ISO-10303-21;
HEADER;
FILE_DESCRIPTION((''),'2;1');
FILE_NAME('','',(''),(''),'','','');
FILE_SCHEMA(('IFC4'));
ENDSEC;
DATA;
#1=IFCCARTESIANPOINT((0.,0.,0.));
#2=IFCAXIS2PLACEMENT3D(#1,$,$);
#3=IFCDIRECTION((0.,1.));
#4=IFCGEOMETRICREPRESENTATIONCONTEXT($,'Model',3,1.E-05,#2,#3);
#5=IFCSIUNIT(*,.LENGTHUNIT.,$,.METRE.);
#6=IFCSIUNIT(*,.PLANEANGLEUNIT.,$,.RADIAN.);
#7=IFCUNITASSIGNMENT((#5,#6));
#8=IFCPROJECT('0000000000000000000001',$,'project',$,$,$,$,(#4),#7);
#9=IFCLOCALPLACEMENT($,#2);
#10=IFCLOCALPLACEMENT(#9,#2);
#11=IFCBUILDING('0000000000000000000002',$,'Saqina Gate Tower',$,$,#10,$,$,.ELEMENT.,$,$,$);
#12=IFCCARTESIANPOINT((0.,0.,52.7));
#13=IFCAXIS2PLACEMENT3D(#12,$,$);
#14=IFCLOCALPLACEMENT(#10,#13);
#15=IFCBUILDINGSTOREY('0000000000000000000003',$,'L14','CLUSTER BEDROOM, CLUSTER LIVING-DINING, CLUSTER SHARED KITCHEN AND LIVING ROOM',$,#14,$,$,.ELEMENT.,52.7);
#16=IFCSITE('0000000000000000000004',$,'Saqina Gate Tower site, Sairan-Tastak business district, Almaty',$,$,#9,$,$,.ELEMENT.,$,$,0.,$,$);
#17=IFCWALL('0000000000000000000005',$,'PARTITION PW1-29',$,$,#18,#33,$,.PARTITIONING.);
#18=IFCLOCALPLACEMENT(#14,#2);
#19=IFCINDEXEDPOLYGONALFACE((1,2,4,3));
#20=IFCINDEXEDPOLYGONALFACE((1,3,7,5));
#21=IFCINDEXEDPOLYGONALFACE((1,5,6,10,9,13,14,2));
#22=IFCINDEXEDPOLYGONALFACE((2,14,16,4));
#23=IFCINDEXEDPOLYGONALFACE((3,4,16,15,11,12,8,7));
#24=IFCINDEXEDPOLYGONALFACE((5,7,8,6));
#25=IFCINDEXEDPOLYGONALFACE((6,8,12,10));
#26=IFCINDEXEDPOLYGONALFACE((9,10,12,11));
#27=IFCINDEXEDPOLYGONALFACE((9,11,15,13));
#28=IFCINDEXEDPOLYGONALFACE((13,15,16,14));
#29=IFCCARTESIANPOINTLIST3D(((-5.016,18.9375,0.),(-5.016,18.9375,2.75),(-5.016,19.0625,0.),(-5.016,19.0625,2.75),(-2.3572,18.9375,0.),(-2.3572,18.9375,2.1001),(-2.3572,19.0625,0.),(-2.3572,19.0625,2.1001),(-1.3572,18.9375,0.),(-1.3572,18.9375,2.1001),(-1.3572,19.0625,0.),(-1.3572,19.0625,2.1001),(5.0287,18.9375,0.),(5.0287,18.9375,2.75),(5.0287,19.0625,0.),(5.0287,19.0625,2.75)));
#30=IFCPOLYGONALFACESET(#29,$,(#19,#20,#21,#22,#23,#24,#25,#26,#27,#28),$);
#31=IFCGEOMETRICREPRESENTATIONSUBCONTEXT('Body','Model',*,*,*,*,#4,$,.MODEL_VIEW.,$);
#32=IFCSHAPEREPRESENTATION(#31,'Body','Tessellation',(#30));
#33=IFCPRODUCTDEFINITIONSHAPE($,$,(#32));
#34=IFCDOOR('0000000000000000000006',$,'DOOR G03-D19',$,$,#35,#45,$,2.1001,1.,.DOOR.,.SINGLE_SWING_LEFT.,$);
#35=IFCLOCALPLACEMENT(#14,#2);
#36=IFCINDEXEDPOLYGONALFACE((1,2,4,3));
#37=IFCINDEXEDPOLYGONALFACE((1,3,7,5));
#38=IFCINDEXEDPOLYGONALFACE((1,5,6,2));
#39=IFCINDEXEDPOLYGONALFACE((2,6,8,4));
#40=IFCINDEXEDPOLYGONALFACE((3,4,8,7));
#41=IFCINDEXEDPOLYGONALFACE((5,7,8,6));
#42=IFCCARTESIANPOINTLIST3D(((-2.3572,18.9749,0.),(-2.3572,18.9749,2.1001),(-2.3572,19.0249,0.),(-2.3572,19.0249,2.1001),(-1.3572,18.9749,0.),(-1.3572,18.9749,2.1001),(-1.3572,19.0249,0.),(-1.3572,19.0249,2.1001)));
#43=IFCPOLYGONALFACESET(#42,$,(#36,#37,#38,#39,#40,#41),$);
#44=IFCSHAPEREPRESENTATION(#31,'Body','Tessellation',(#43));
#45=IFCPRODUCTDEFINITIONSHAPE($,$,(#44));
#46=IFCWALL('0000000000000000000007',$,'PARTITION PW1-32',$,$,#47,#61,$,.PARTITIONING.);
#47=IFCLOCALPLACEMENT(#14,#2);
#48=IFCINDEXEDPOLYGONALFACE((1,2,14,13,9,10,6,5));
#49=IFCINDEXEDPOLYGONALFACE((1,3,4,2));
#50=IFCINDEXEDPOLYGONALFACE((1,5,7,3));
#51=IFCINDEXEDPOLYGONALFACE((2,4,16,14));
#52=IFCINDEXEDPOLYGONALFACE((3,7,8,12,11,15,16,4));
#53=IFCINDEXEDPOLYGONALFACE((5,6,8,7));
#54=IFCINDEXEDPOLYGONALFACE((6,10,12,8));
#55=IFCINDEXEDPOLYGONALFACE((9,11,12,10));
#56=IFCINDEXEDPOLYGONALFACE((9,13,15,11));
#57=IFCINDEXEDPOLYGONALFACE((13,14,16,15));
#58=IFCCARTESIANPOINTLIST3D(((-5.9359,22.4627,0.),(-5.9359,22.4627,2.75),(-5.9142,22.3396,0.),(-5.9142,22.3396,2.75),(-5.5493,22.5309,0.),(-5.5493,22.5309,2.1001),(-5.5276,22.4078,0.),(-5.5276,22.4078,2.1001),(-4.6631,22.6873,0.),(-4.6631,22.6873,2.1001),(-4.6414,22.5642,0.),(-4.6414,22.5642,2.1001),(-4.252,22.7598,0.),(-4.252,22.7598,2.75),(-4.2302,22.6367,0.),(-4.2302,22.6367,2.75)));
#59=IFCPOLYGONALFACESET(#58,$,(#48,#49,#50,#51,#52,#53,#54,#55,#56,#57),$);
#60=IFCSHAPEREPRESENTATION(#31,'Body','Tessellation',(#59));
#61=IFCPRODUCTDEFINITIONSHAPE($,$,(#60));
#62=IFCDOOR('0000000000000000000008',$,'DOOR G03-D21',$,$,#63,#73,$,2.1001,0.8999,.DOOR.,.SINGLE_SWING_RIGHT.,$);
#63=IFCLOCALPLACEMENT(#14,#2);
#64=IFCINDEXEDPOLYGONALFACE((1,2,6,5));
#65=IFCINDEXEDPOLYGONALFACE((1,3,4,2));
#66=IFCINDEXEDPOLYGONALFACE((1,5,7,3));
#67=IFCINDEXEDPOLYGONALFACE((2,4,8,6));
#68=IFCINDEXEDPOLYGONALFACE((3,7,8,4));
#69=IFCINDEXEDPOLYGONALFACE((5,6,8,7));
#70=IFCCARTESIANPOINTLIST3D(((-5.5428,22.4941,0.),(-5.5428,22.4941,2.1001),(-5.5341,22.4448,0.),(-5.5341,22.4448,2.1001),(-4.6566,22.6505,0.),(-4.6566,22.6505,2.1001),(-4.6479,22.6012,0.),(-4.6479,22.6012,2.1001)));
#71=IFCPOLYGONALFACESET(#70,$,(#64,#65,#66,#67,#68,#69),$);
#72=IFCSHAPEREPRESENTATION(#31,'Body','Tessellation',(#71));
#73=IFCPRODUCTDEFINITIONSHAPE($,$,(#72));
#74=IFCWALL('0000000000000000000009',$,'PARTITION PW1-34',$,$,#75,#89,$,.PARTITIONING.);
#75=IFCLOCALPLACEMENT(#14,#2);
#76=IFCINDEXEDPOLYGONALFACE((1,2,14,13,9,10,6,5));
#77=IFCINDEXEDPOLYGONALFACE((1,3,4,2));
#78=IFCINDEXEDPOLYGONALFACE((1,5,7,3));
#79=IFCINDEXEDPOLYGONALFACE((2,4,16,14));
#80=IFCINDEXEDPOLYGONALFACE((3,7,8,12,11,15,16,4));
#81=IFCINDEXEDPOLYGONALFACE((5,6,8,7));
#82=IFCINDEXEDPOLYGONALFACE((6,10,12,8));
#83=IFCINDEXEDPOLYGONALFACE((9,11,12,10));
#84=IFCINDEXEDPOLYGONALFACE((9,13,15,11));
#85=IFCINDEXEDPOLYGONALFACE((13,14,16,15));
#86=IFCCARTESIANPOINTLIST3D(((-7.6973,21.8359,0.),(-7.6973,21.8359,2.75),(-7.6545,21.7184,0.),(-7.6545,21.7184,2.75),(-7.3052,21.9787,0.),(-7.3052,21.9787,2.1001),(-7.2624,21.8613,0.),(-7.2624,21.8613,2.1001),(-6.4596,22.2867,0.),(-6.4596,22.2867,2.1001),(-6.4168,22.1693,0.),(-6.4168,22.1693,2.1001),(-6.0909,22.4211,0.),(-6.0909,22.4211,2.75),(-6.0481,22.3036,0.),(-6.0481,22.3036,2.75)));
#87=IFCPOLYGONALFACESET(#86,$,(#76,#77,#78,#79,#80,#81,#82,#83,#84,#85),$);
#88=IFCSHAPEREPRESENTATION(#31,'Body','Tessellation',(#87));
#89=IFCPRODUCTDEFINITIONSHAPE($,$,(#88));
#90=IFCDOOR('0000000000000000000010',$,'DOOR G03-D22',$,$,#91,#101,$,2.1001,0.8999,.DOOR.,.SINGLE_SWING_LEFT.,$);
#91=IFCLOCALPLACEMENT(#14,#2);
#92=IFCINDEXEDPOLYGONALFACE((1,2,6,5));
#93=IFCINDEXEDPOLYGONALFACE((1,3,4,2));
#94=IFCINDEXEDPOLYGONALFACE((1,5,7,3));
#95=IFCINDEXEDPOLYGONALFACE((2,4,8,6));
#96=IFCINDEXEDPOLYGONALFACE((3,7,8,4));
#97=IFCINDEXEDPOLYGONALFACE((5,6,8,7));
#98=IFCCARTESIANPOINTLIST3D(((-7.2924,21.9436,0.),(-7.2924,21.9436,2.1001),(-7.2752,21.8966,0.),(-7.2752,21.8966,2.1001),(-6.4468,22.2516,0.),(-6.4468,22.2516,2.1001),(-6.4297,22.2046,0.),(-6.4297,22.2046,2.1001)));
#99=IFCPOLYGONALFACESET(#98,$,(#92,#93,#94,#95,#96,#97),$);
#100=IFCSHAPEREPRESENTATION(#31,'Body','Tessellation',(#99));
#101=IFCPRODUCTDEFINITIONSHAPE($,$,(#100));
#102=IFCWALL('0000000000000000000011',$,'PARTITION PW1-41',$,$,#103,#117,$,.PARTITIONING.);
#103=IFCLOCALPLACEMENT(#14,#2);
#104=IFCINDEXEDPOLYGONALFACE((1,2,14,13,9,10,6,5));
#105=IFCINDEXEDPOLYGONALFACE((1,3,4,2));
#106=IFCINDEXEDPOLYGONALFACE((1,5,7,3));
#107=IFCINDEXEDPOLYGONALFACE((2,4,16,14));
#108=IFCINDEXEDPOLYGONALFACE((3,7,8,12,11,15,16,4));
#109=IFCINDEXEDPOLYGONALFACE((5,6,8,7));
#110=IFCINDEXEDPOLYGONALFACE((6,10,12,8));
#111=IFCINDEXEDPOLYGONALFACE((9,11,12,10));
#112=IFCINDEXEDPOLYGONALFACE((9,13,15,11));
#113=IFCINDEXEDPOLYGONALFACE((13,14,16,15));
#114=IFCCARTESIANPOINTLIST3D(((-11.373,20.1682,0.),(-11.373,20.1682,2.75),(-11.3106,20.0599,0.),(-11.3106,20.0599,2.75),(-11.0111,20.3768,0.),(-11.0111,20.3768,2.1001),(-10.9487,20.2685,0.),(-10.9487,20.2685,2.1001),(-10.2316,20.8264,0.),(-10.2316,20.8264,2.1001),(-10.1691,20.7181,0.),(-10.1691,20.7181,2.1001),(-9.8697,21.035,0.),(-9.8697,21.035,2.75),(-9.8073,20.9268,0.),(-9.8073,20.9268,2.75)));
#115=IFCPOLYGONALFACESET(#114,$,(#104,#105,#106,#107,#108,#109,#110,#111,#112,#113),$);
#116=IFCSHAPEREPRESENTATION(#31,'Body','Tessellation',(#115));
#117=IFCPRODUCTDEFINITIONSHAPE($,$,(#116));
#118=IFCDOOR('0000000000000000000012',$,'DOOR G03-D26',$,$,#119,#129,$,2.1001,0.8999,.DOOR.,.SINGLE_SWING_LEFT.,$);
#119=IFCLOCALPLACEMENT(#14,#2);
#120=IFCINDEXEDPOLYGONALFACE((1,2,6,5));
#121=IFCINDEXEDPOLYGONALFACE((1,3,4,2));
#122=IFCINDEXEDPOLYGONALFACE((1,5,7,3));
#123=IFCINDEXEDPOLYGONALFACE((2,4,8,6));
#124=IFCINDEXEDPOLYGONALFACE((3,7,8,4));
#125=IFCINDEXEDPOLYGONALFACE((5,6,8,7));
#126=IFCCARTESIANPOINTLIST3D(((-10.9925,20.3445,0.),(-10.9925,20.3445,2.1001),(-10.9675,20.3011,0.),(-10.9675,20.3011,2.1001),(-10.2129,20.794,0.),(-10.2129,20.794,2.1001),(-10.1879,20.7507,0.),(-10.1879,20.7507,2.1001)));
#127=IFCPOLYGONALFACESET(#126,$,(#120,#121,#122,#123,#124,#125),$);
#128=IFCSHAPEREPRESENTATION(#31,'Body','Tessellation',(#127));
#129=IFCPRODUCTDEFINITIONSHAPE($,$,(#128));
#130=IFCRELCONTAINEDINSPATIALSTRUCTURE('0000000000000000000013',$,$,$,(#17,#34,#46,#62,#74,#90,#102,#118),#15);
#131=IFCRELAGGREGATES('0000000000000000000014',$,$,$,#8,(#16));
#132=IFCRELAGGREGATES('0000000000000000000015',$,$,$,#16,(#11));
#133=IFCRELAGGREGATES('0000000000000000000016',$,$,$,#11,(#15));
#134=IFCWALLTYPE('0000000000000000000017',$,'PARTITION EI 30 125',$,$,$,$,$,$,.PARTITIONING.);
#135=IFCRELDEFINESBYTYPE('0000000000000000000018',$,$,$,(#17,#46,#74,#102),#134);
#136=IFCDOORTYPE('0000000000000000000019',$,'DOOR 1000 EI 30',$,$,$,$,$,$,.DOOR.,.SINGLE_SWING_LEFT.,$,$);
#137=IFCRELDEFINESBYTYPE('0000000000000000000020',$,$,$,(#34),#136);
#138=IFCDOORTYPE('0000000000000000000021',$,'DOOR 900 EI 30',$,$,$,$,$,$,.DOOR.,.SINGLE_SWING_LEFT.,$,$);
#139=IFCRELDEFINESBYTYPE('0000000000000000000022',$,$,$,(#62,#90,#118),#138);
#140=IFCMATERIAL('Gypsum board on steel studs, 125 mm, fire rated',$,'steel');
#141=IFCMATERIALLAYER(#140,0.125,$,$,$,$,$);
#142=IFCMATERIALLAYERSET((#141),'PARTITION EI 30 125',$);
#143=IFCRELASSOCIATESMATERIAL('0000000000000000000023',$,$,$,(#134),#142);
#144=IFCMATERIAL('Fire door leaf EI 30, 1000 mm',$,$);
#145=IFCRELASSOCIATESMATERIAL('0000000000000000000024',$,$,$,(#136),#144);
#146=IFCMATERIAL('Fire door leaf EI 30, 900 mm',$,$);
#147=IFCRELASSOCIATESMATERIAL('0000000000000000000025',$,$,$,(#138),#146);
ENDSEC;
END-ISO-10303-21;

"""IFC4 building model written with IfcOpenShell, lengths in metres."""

from ifc_helpers import new_model, si_unit, direction, frame, frame_2d, origin, place, context, subcontext, project, spatial, rectangle, extrude, material, layer, layer_set, type_object, element, fill, save


model = new_model("IFC4")

# Units and contexts
model_context = context("Model", 3, precision=1e-05, world=origin(), true_north=direction((0.0, 1.0)))
body_context = subcontext(model_context, "Body", "Model", "MODEL_VIEW")
ifc_project = project(units=[si_unit("LENGTHUNIT", "METRE"), si_unit("PLANEANGLEUNIT", "RADIAN")], contexts=[model_context])

# Site, building, storey
site_placement = place(None, origin())
site = spatial("IfcSite", under=ifc_project, at=site_placement, Name="Saqina Gate Tower site, Sairan-Tastak business district, Almaty", CompositionType="ELEMENT", RefElevation=0.0)
building_placement = place(site_placement, origin())
building = spatial("IfcBuilding", under=site, at=building_placement, Name="Saqina Gate Tower", CompositionType="ELEMENT")
storey_placement = place(building_placement, frame((0.0, 0.0, 52.7)))
storey = spatial("IfcBuildingStorey", under=building, at=storey_placement, Name="L14", Description="CLUSTER BEDROOM, CLUSTER LIVING-DINING, CLUSTER SHARED KITCHEN AND LIVING ROOM", CompositionType="ELEMENT", Elevation=52.7)

# Shared definitions
ifc_material_1 = material(Name="Gypsum board on steel studs, 125 mm, fire rated", Category="steel")
ifc_layer_1 = layer(ifc_material_1, 0.125)
ifc_layer_set_1 = layer_set([ifc_layer_1], Name="PARTITION EI 30 125")
wall_type_1 = type_object("IfcWallType", Name="PARTITION EI 30 125", PredefinedType="PARTITIONING", material=ifc_layer_set_1)

# Walls, openings, doors
wall_1_placement = place(storey_placement, frame((-5.0161, 19.0, 0.0), z_axis=(0.0, 0.0, 1.0), x_axis=(1.0, 0.0, 0.0)))
wall_1 = element("IfcWall", 1, at=wall_1_placement, inside=storey, type_object=wall_type_1, Name="PARTITION PW1-29", PredefinedType="PARTITIONING", context=body_context, shape_type="SweptSolid", body=[
    extrude(rectangle(XDim=10.0447, YDim=0.125, at=frame_2d((5.0225, 0.0))), origin(), (0.0, 0.0, 1.0), 2.75),
])
opening_1_placement = place(wall_1_placement, frame((2.6589, 0.0, 0.0)))
opening_1 = element("IfcOpeningElement", 2, at=opening_1_placement, cuts=wall_1, PredefinedType="OPENING", context=body_context, shape_type="SweptSolid", body=[
    extrude(rectangle(XDim=1.0, YDim=2.1001, at=frame_2d((0.5, 1.05))), frame((0.0, 0.0745, 0.0), z_axis=(0.0, -1.0, 0.0), x_axis=(1.0, 0.0, 0.0)), (0.0, 0.0, 1.0), 0.1489),
])
ifc_material_2 = material(Name="Fire door leaf EI 30, 1000 mm")
door_type_1 = type_object("IfcDoorType", Name="DOOR 1000 EI 30", OperationType="SINGLE_SWING_LEFT", PredefinedType="DOOR", material=ifc_material_2)
door_1_placement = place(opening_1_placement, origin())
door_1 = element("IfcDoor", 3, at=door_1_placement, inside=storey, type_object=door_type_1, Name="DOOR G03-D19", OperationType="SINGLE_SWING_LEFT", OverallHeight=2.1001, OverallWidth=1.0, PredefinedType="DOOR", context=body_context, shape_type="SweptSolid", body=[
    extrude(rectangle(XDim=1.0, YDim=2.1001, at=frame_2d((0.5, 1.05))), frame((0.0, 0.0249, 0.0), z_axis=(0.0, -1.0, 0.0), x_axis=(1.0, 0.0, 0.0)), (0.0, 0.0, 1.0), 0.05),
])
fill(opening_1, door_1)
wall_2_placement = place(storey_placement, frame((-5.925, 22.4011, 0.0), z_axis=(0.0, 0.0, 1.0), x_axis=(0.984786, 0.173769, 0.0)))
wall_2 = element("IfcWall", 4, at=wall_2_placement, inside=storey, type_object=wall_type_1, Name="PARTITION PW1-32", PredefinedType="PARTITIONING", context=body_context, shape_type="SweptSolid", body=[
    extrude(rectangle(XDim=1.71, YDim=0.125, at=frame_2d((0.855, 0.0))), origin(), (0.0, 0.0, 1.0), 2.75),
])
opening_2_placement = place(wall_2_placement, frame((0.3926, 0.0, 0.0)))
opening_2 = element("IfcOpeningElement", 5, at=opening_2_placement, cuts=wall_2, PredefinedType="OPENING", context=body_context, shape_type="SweptSolid", body=[
    extrude(rectangle(XDim=0.8999, YDim=2.1001, at=frame_2d((0.45, 1.05))), frame((0.0, 0.0745, 0.0), z_axis=(0.0, -1.0, 0.0), x_axis=(1.0, 0.0, 0.0)), (0.0, 0.0, 1.0), 0.1489),
])
ifc_material_3 = material(Name="Fire door leaf EI 30, 900 mm")
door_type_2 = type_object("IfcDoorType", Name="DOOR 900 EI 30", OperationType="SINGLE_SWING_LEFT", PredefinedType="DOOR", material=ifc_material_3)
door_2_placement = place(opening_2_placement, frame((0.8999, 0.0, 0.0), z_axis=(0.0, 0.0, 1.0), x_axis=(-1.0, 0.0, 0.0)))
door_2 = element("IfcDoor", 6, at=door_2_placement, inside=storey, type_object=door_type_2, Name="DOOR G03-D21", OperationType="SINGLE_SWING_RIGHT", OverallHeight=2.1001, OverallWidth=0.8999, PredefinedType="DOOR", context=body_context, shape_type="SweptSolid", body=[
    extrude(rectangle(XDim=0.8999, YDim=2.1001, at=frame_2d((0.45, 1.05))), frame((0.0, 0.0249, 0.0), z_axis=(0.0, -1.0, 0.0), x_axis=(1.0, 0.0, 0.0)), (0.0, 0.0, 1.0), 0.05),
])
fill(opening_2, door_2)
wall_3_placement = place(storey_placement, frame((-7.676, 21.7771, 0.0), z_axis=(0.0, 0.0, 1.0), x_axis=(0.939597, 0.342282, 0.0)))
wall_3 = element("IfcWall", 7, at=wall_3_placement, inside=storey, type_object=wall_type_1, Name="PARTITION PW1-34", PredefinedType="PARTITIONING", context=body_context, shape_type="SweptSolid", body=[
    extrude(rectangle(XDim=1.7097, YDim=0.125, at=frame_2d((0.855, 0.0))), origin(), (0.0, 0.0, 1.0), 2.75),
])
opening_3_placement = place(wall_3_placement, frame((0.4175, 0.0, 0.0)))
opening_3 = element("IfcOpeningElement", 8, at=opening_3_placement, cuts=wall_3, PredefinedType="OPENING", context=body_context, shape_type="SweptSolid", body=[
    extrude(rectangle(XDim=0.8999, YDim=2.1001, at=frame_2d((0.45, 1.05))), frame((0.0, 0.0745, 0.0), z_axis=(0.0, -1.0, 0.0), x_axis=(1.0, 0.0, 0.0)), (0.0, 0.0, 1.0), 0.1489),
])
door_3_placement = place(opening_3_placement, frame((0.8999, 0.0, 0.0), z_axis=(0.0, 0.0, 1.0), x_axis=(-1.0, 0.0, 0.0)))
door_3 = element("IfcDoor", 9, at=door_3_placement, inside=storey, type_object=door_type_2, Name="DOOR G03-D22", OperationType="SINGLE_SWING_LEFT", OverallHeight=2.1001, OverallWidth=0.8999, PredefinedType="DOOR", context=body_context, shape_type="SweptSolid", body=[
    extrude(rectangle(XDim=0.8999, YDim=2.1001, at=frame_2d((0.45, 1.05))), frame((0.0, 0.0249, 0.0), z_axis=(0.0, -1.0, 0.0), x_axis=(1.0, 0.0, 0.0)), (0.0, 0.0, 1.0), 0.05),
])
fill(opening_3, door_3)
wall_4_placement = place(storey_placement, frame((-11.3418, 20.114, 0.0), z_axis=(0.0, 0.0, 1.0), x_axis=(0.866289, 0.499544, 0.0)))
wall_4 = element("IfcWall", 10, at=wall_4_placement, inside=storey, type_object=wall_type_1, Name="PARTITION PW1-41", PredefinedType="PARTITIONING", context=body_context, shape_type="SweptSolid", body=[
    extrude(rectangle(XDim=1.7354, YDim=0.125, at=frame_2d((0.8677, 0.0))), origin(), (0.0, 0.0, 1.0), 2.75),
])
opening_4_placement = place(wall_4_placement, frame((0.4177, 0.0, 0.0)))
opening_4 = element("IfcOpeningElement", 11, at=opening_4_placement, cuts=wall_4, PredefinedType="OPENING", context=body_context, shape_type="SweptSolid", body=[
    extrude(rectangle(XDim=0.8999, YDim=2.1001, at=frame_2d((0.45, 1.05))), frame((0.0, 0.0745, 0.0), z_axis=(0.0, -1.0, 0.0), x_axis=(1.0, 0.0, 0.0)), (0.0, 0.0, 1.0), 0.1489),
])
door_4_placement = place(opening_4_placement, frame((0.8999, 0.0, 0.0), z_axis=(0.0, 0.0, 1.0), x_axis=(-1.0, 0.0, 0.0)))
door_4 = element("IfcDoor", 12, at=door_4_placement, inside=storey, type_object=door_type_2, Name="DOOR G03-D26", OperationType="SINGLE_SWING_LEFT", OverallHeight=2.1001, OverallWidth=0.8999, PredefinedType="DOOR", context=body_context, shape_type="SweptSolid", body=[
    extrude(rectangle(XDim=0.8999, YDim=2.1001, at=frame_2d((0.45, 1.05))), frame((0.0, 0.0249, 0.0), z_axis=(0.0, -1.0, 0.0), x_axis=(1.0, 0.0, 0.0)), (0.0, 0.0, 1.0), 0.05),
])
fill(opening_4, door_4)

save(model, "model.ifc")
